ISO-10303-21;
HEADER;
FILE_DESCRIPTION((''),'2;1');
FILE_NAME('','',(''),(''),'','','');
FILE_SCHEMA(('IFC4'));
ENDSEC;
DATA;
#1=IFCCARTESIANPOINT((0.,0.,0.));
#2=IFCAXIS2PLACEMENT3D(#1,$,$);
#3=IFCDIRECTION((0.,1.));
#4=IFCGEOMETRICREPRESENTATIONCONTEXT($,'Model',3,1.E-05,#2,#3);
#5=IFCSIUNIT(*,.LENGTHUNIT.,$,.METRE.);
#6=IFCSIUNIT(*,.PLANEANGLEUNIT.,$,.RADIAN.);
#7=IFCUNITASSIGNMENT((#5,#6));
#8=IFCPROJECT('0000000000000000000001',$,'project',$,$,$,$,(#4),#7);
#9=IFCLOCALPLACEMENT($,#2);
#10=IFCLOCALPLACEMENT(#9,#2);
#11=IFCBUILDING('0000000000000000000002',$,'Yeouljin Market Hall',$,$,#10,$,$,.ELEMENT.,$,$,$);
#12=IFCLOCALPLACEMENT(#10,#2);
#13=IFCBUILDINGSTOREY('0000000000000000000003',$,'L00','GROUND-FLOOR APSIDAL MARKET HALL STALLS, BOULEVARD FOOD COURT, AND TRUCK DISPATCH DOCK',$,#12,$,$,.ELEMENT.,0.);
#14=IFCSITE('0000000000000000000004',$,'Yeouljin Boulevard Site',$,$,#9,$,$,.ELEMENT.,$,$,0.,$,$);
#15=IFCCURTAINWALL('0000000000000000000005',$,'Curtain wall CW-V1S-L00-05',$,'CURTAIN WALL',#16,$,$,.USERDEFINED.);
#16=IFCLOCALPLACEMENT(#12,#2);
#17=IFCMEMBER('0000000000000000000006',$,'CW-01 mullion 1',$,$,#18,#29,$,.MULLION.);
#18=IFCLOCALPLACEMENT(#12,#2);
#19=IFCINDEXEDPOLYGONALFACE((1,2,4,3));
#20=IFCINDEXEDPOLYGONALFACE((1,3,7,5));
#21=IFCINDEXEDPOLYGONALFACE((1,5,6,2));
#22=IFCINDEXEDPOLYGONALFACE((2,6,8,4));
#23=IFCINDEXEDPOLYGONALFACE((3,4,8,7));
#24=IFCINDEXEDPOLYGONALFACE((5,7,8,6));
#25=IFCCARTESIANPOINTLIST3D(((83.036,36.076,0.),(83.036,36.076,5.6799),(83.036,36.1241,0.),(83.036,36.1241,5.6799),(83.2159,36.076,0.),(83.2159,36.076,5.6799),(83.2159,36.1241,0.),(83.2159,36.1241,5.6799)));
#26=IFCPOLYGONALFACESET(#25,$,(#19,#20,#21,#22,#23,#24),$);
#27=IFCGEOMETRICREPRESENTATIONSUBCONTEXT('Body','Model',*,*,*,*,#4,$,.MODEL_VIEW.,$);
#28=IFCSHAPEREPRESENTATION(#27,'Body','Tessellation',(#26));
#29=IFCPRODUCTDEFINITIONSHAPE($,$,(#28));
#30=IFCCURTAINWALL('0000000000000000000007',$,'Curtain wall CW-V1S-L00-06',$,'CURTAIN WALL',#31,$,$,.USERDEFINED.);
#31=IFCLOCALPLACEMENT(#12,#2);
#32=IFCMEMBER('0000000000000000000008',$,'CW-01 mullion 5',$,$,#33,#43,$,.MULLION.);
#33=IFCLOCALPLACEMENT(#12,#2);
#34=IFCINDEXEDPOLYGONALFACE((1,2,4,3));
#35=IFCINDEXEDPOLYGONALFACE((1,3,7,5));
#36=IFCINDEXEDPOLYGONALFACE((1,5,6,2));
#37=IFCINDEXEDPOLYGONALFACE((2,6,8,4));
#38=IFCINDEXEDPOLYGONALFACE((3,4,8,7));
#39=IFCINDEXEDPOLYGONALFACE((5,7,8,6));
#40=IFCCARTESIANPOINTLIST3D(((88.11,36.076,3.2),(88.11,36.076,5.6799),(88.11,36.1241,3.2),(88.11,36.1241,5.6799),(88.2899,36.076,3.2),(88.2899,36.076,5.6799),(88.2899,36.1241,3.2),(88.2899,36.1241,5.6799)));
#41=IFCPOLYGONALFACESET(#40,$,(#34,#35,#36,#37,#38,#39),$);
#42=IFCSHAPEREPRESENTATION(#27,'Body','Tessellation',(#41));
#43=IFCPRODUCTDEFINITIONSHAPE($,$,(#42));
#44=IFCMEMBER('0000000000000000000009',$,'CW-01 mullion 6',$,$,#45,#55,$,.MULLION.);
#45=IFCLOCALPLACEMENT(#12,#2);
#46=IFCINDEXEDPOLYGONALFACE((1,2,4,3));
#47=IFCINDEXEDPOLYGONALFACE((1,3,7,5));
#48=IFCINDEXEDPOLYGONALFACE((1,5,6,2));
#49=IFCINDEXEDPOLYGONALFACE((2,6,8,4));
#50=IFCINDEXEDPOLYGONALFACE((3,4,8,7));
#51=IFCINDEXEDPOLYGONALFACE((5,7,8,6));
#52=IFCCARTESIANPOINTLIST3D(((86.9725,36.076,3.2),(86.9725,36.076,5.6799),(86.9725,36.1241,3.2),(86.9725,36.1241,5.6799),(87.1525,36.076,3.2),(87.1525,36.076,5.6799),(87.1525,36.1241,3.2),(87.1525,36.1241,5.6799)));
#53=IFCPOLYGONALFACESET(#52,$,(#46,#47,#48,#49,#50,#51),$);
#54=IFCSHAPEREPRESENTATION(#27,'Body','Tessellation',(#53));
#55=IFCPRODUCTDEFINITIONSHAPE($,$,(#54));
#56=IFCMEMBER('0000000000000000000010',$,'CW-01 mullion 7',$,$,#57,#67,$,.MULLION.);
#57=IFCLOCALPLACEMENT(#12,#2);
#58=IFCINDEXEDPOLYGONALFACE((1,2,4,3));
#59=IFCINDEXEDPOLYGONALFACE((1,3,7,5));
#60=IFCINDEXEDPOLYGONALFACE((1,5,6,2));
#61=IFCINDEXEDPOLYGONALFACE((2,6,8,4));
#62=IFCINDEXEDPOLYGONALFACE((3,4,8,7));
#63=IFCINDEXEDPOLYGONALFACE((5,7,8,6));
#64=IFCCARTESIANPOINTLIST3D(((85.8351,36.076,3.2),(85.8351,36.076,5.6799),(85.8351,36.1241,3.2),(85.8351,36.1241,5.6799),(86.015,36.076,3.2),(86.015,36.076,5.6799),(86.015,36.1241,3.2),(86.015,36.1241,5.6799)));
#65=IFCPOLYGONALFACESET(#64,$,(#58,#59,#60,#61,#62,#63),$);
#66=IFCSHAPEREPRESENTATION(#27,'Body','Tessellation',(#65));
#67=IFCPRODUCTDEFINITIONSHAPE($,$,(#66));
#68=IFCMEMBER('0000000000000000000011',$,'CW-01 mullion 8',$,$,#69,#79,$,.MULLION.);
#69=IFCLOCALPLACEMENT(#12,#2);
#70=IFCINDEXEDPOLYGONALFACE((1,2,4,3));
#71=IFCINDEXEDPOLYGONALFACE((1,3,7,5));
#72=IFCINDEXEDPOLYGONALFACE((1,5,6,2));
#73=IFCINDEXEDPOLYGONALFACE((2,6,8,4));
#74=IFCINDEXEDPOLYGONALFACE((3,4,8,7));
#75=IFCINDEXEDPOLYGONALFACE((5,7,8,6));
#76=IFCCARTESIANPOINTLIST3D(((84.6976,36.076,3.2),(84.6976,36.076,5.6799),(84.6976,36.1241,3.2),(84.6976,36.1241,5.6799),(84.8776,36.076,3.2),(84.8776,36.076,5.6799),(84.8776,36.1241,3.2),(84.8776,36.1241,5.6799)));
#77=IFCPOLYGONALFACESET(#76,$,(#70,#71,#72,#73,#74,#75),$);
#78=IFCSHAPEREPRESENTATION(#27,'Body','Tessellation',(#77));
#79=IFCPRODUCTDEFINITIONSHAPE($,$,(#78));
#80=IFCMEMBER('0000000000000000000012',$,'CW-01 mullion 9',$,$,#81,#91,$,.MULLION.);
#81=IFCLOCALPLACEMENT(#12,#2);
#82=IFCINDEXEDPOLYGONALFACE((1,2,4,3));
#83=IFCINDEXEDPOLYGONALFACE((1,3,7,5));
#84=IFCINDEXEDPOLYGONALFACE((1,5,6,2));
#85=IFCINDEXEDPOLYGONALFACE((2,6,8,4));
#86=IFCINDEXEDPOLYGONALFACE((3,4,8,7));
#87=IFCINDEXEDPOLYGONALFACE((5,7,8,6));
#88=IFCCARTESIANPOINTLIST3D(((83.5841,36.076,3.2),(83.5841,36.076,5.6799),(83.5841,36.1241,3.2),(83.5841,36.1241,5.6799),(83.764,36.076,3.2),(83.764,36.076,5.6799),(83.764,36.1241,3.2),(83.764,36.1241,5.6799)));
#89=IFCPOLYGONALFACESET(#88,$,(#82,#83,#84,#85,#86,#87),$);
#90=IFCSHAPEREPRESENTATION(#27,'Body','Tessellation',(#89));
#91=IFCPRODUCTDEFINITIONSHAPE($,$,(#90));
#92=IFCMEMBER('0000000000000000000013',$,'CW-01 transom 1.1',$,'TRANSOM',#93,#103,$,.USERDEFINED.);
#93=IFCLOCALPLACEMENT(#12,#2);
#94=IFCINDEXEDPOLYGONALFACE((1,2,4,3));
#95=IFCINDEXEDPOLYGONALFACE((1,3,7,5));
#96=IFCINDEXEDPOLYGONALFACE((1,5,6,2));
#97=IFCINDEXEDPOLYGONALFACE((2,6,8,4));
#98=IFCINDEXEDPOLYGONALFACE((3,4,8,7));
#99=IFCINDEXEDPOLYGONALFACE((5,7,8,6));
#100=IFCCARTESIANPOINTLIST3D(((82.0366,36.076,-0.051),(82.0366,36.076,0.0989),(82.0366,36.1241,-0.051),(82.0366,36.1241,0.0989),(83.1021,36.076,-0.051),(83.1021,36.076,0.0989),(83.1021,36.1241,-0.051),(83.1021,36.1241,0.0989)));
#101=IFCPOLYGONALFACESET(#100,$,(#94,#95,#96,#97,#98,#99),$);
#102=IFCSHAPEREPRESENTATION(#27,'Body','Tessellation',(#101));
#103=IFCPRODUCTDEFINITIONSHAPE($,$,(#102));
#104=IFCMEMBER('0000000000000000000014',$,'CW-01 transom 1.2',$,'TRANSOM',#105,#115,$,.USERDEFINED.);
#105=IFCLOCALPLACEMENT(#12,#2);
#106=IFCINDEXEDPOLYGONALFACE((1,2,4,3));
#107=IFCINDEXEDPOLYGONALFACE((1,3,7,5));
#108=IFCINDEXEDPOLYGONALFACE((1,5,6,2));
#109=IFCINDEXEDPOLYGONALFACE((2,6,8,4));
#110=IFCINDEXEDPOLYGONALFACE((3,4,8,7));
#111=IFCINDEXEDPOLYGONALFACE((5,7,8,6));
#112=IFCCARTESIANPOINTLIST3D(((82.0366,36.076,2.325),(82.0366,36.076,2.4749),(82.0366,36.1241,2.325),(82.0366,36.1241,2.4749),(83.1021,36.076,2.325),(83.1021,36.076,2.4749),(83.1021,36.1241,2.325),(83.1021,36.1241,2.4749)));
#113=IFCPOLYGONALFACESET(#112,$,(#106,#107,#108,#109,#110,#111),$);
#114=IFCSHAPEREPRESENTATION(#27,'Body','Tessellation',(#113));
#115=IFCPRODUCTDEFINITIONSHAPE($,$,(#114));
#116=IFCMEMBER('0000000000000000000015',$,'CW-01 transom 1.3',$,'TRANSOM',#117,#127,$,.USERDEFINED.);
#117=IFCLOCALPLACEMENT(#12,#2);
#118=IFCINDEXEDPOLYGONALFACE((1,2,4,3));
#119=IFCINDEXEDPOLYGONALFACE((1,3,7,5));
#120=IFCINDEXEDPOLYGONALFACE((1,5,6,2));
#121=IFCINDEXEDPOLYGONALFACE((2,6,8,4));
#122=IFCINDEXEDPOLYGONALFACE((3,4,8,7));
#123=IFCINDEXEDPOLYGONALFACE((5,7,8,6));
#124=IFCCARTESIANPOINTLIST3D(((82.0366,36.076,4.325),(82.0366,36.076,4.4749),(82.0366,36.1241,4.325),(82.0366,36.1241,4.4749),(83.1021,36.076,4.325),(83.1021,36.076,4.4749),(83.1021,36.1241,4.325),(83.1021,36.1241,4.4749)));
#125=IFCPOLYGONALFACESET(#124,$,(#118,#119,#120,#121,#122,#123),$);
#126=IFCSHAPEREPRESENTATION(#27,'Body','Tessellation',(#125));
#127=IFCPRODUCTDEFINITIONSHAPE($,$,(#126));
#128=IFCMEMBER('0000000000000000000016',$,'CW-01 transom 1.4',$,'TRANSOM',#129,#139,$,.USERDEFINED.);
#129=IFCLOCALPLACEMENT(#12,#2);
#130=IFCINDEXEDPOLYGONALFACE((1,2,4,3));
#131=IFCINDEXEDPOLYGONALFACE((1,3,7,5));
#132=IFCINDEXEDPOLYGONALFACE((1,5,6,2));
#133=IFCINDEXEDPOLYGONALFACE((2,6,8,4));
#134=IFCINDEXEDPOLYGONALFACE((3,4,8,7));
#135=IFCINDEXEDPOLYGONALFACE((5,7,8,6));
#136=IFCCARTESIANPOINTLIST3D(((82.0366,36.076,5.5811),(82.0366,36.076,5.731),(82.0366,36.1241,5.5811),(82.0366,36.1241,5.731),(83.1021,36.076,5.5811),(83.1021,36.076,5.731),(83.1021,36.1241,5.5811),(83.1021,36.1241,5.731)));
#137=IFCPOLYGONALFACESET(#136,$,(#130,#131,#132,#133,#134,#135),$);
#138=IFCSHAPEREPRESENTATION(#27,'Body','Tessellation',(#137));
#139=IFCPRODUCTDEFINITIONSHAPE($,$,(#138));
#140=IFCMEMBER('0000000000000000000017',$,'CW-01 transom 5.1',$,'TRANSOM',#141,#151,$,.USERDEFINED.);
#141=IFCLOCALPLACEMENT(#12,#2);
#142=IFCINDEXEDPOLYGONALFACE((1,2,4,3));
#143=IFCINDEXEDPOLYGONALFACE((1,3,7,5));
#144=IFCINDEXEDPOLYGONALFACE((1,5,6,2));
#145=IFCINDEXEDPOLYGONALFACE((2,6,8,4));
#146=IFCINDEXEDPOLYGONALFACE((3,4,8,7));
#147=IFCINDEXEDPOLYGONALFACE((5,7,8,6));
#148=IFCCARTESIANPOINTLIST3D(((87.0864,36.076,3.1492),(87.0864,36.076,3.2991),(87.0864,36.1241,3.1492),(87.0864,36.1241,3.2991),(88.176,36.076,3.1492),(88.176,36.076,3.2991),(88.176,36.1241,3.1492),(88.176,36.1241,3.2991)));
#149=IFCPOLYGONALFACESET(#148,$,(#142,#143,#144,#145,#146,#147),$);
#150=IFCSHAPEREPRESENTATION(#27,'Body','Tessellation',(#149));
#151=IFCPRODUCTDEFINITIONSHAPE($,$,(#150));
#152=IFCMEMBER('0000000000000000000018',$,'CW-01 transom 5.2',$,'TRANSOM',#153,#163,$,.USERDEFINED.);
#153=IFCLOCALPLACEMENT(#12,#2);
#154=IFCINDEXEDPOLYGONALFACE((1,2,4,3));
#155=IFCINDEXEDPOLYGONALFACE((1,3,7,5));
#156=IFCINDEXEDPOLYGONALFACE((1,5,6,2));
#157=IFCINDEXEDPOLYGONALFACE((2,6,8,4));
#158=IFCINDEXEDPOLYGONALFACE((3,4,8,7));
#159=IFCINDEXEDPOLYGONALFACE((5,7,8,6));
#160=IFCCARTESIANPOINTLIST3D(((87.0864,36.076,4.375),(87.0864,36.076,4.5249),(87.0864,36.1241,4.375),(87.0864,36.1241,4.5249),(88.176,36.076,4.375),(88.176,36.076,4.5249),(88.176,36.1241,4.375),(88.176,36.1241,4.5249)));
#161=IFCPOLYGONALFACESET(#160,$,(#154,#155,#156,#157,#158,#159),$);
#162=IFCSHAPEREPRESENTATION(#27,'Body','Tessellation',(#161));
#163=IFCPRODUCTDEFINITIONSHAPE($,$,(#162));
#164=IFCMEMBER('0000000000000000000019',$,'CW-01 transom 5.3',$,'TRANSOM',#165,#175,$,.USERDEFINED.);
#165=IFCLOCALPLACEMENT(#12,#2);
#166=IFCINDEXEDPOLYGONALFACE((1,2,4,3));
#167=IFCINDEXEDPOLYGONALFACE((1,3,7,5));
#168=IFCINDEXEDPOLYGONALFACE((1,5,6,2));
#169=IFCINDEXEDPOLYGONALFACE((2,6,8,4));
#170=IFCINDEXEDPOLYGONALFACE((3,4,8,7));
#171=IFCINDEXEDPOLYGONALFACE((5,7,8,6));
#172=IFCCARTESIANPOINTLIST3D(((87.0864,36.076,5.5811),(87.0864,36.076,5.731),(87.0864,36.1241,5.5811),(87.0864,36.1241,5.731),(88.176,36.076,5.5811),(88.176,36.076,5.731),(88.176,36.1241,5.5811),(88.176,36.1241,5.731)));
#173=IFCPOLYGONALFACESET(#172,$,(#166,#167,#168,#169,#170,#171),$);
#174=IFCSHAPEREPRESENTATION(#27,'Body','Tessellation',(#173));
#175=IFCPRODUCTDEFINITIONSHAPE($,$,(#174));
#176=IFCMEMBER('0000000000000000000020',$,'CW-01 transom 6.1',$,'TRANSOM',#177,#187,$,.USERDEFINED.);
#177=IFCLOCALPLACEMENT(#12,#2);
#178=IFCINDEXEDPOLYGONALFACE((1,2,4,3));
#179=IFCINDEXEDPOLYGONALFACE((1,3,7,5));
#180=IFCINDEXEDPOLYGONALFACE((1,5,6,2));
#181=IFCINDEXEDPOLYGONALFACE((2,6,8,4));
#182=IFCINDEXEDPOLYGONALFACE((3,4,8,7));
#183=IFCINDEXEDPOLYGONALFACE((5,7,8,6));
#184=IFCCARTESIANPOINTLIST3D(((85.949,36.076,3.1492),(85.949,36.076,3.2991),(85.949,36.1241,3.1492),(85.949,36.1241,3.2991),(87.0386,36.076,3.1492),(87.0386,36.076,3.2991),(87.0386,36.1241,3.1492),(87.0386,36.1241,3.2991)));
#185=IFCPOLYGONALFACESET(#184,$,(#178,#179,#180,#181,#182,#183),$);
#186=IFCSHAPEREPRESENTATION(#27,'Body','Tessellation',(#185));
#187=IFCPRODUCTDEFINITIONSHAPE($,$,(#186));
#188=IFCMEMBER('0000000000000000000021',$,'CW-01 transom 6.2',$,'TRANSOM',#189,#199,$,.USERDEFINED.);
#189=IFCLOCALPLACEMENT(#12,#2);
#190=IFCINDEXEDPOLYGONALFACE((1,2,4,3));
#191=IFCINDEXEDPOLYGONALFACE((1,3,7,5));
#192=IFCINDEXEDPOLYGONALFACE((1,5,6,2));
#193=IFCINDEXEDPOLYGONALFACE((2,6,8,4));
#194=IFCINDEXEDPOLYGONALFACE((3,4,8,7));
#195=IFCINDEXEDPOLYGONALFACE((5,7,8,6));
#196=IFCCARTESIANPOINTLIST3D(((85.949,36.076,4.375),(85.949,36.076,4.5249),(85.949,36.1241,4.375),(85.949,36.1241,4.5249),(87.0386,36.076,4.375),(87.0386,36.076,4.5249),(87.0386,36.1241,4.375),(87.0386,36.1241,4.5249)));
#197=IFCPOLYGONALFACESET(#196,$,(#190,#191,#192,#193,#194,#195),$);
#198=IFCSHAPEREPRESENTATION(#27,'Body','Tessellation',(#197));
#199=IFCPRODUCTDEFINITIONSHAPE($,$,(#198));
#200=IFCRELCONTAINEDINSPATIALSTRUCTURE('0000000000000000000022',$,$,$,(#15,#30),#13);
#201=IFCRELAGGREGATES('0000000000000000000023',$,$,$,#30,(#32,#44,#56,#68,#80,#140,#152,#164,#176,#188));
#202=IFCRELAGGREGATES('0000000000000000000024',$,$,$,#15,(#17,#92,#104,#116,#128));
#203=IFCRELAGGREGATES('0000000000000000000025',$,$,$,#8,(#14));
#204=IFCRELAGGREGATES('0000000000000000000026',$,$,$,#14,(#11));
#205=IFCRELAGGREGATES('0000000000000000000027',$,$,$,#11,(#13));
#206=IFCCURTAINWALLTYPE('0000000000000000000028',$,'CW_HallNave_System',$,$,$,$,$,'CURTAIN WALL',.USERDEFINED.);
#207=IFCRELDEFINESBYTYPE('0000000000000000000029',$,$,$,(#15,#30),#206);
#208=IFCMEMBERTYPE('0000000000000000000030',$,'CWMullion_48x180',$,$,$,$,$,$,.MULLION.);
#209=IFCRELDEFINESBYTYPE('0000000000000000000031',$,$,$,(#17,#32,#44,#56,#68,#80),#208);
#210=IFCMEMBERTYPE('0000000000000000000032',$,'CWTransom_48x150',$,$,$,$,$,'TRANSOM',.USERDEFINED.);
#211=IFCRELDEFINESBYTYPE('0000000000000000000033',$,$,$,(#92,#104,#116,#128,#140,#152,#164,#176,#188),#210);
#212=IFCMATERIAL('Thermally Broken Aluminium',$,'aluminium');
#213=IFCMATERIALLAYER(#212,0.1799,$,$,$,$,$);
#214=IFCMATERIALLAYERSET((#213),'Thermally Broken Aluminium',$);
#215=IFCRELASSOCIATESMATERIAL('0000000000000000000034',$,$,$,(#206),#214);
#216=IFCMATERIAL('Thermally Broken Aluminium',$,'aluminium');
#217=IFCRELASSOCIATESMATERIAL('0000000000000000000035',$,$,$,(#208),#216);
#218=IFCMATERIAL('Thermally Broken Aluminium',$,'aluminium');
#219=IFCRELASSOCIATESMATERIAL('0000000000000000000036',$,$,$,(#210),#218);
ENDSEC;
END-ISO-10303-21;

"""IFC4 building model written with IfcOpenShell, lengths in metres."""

from ifc_helpers import new_model, si_unit, direction, frame, origin, origin_2d, place, context, subcontext, project, spatial, rectangle, extrude, material, layer, layer_set, material_profile, profile_set, type_object, element, aggregate, save


model = new_model("IFC4")

# Units and contexts
model_context = context("Model", 3, precision=1e-05, world=origin(), true_north=direction((0.0, 1.0)))
body_context = subcontext(model_context, "Body", "Model", "MODEL_VIEW")
ifc_project = project(units=[si_unit("LENGTHUNIT", "METRE"), si_unit("PLANEANGLEUNIT", "RADIAN")], contexts=[model_context])

# Site, building, storey
site_placement = place(None, origin())
site = spatial("IfcSite", under=ifc_project, at=site_placement, Name="Yeouljin Boulevard Site", CompositionType="ELEMENT", RefElevation=0.0)
building_placement = place(site_placement, origin())
building = spatial("IfcBuilding", under=site, at=building_placement, Name="Yeouljin Market Hall", CompositionType="ELEMENT")
storey_placement = place(building_placement, origin())
storey = spatial("IfcBuildingStorey", under=building, at=storey_placement, Name="L00", Description="GROUND-FLOOR APSIDAL MARKET HALL STALLS, BOULEVARD FOOD COURT, AND TRUCK DISPATCH DOCK", CompositionType="ELEMENT", Elevation=0.0)

# Curtain wall, member
ifc_material_1 = material(Name="Thermally Broken Aluminium", Category="aluminium")
ifc_layer_1 = layer(ifc_material_1, 0.1799)
ifc_layer_set_1 = layer_set([ifc_layer_1], Name="Thermally Broken Aluminium")
curtain_wall_type = type_object("IfcCurtainWallType", Name="CW_HallNave_System", ElementType="CURTAIN WALL", PredefinedType="USERDEFINED", material=ifc_layer_set_1)
curtain_wall_1_placement = place(storey_placement, origin())
curtain_wall_1 = element("IfcCurtainWall", 1, at=curtain_wall_1_placement, inside=storey, type_object=curtain_wall_type, Name="Curtain wall CW-V1S-L00-05", ObjectType="CURTAIN WALL", PredefinedType="USERDEFINED")
ifc_material_2 = material(Name="Thermally Broken Aluminium", Category="aluminium")
ifc_material_profile_1 = material_profile(ifc_material_2, rectangle(XDim=0.0481, YDim=0.1799, at=origin_2d()), Name="CW-MULL-48x180")
ifc_profile_set_1 = profile_set([ifc_material_profile_1], Name="Thermally Broken Aluminium")
member_type_1 = type_object("IfcMemberType", Name="CWMullion_48x180", PredefinedType="MULLION", material=ifc_profile_set_1)
member_1_placement = place(storey_placement, frame((83.126, 36.1001, 0.0), z_axis=(0.0, 0.0, 1.0), x_axis=(0.0, -1.0, 0.0)))
member_1 = element("IfcMember", 2, at=member_1_placement, type_object=member_type_1, Name="CW-01 mullion 1", PredefinedType="MULLION", context=body_context, shape_type="SweptSolid", body=[
    extrude(rectangle(XDim=0.0481, YDim=0.1799, at=origin_2d()), origin(), (0.0, 0.0, 1.0), 5.6799),
])

# Curtain wall, members
curtain_wall_2_placement = place(storey_placement, origin())
curtain_wall_2 = element("IfcCurtainWall", 3, at=curtain_wall_2_placement, inside=storey, type_object=curtain_wall_type, Name="Curtain wall CW-V1S-L00-06", ObjectType="CURTAIN WALL", PredefinedType="USERDEFINED")
member_2_placement = place(storey_placement, frame((88.2, 36.1001, 3.2), z_axis=(0.0, 0.0, 1.0), x_axis=(0.0, -1.0, 0.0)))
member_2 = element("IfcMember", 4, at=member_2_placement, type_object=member_type_1, Name="CW-01 mullion 5", PredefinedType="MULLION", context=body_context, shape_type="SweptSolid", body=[
    extrude(rectangle(XDim=0.0481, YDim=0.1799, at=origin_2d()), origin(), (0.0, 0.0, 1.0), 2.48),
])
member_3_placement = place(storey_placement, frame((87.0625, 36.1001, 3.2), z_axis=(0.0, 0.0, 1.0), x_axis=(0.0, -1.0, 0.0)))
member_3 = element("IfcMember", 5, at=member_3_placement, type_object=member_type_1, Name="CW-01 mullion 6", PredefinedType="MULLION", context=body_context, shape_type="SweptSolid", body=[
    extrude(rectangle(XDim=0.0481, YDim=0.1799, at=origin_2d()), origin(), (0.0, 0.0, 1.0), 2.48),
])
member_4_placement = place(storey_placement, frame((85.925, 36.1001, 3.2), z_axis=(0.0, 0.0, 1.0), x_axis=(0.0, -1.0, 0.0)))
member_4 = element("IfcMember", 6, at=member_4_placement, type_object=member_type_1, Name="CW-01 mullion 7", PredefinedType="MULLION", context=body_context, shape_type="SweptSolid", body=[
    extrude(rectangle(XDim=0.0481, YDim=0.1799, at=origin_2d()), origin(), (0.0, 0.0, 1.0), 2.48),
])
member_5_placement = place(storey_placement, frame((84.7876, 36.1001, 3.2), z_axis=(0.0, 0.0, 1.0), x_axis=(0.0, -1.0, 0.0)))
member_5 = element("IfcMember", 7, at=member_5_placement, type_object=member_type_1, Name="CW-01 mullion 8", PredefinedType="MULLION", context=body_context, shape_type="SweptSolid", body=[
    extrude(rectangle(XDim=0.0481, YDim=0.1799, at=origin_2d()), origin(), (0.0, 0.0, 1.0), 2.48),
])
member_6_placement = place(storey_placement, frame((83.6741, 36.1001, 3.2), z_axis=(0.0, 0.0, 1.0), x_axis=(0.0, -1.0, 0.0)))
member_6 = element("IfcMember", 8, at=member_6_placement, type_object=member_type_1, Name="CW-01 mullion 9", PredefinedType="MULLION", context=body_context, shape_type="SweptSolid", body=[
    extrude(rectangle(XDim=0.0481, YDim=0.1799, at=origin_2d()), origin(), (0.0, 0.0, 1.0), 2.48),
])

# Members
ifc_material_3 = material(Name="Thermally Broken Aluminium", Category="aluminium")
ifc_material_profile_2 = material_profile(ifc_material_3, rectangle(XDim=0.0481, YDim=0.1499, at=origin_2d()), Name="CW-TRAN-48x150")
ifc_profile_set_2 = profile_set([ifc_material_profile_2], Name="Thermally Broken Aluminium")
member_type_2 = type_object("IfcMemberType", Name="CWTransom_48x150", ElementType="TRANSOM", PredefinedType="USERDEFINED", material=ifc_profile_set_2)
member_7_placement = place(storey_placement, frame((83.1021, 36.1001, 0.0239), z_axis=(-1.0, 0.0, 0.0), x_axis=(0.0, -1.0, 0.0)))
member_7 = element("IfcMember", 9, at=member_7_placement, type_object=member_type_2, Name="CW-01 transom 1.1", ObjectType="TRANSOM", PredefinedType="USERDEFINED", context=body_context, shape_type="SweptSolid", body=[
    extrude(rectangle(XDim=0.0481, YDim=0.1499, at=origin_2d()), origin(), (0.0, 0.0, 1.0), 1.0654),
])
member_8_placement = place(storey_placement, frame((83.1021, 36.1001, 2.3999), z_axis=(-1.0, 0.0, 0.0), x_axis=(0.0, -1.0, 0.0)))
member_8 = element("IfcMember", 10, at=member_8_placement, type_object=member_type_2, Name="CW-01 transom 1.2", ObjectType="TRANSOM", PredefinedType="USERDEFINED", context=body_context, shape_type="SweptSolid", body=[
    extrude(rectangle(XDim=0.0481, YDim=0.1499, at=origin_2d()), origin(), (0.0, 0.0, 1.0), 1.0654),
])
member_9_placement = place(storey_placement, frame((83.1021, 36.1001, 4.3999), z_axis=(-1.0, 0.0, 0.0), x_axis=(0.0, -1.0, 0.0)))
member_9 = element("IfcMember", 11, at=member_9_placement, type_object=member_type_2, Name="CW-01 transom 1.3", ObjectType="TRANSOM", PredefinedType="USERDEFINED", context=body_context, shape_type="SweptSolid", body=[
    extrude(rectangle(XDim=0.0481, YDim=0.1499, at=origin_2d()), origin(), (0.0, 0.0, 1.0), 1.0654),
])
member_10_placement = place(storey_placement, frame((83.1021, 36.1001, 5.656), z_axis=(-1.0, 0.0, 0.0), x_axis=(0.0, -1.0, 0.0)))
member_10 = element("IfcMember", 12, at=member_10_placement, type_object=member_type_2, Name="CW-01 transom 1.4", ObjectType="TRANSOM", PredefinedType="USERDEFINED", context=body_context, shape_type="SweptSolid", body=[
    extrude(rectangle(XDim=0.0481, YDim=0.1499, at=origin_2d()), origin(), (0.0, 0.0, 1.0), 1.0654),
])
member_11_placement = place(storey_placement, frame((88.176, 36.1001, 3.2241), z_axis=(-1.0, 0.0, 0.0), x_axis=(0.0, -1.0, 0.0)))
member_11 = element("IfcMember", 13, at=member_11_placement, type_object=member_type_2, Name="CW-01 transom 5.1", ObjectType="TRANSOM", PredefinedType="USERDEFINED", context=body_context, shape_type="SweptSolid", body=[
    extrude(rectangle(XDim=0.0481, YDim=0.1499, at=origin_2d()), origin(), (0.0, 0.0, 1.0), 1.0896),
])
member_12_placement = place(storey_placement, frame((88.176, 36.1001, 4.45), z_axis=(-1.0, 0.0, 0.0), x_axis=(0.0, -1.0, 0.0)))
member_12 = element("IfcMember", 14, at=member_12_placement, type_object=member_type_2, Name="CW-01 transom 5.2", ObjectType="TRANSOM", PredefinedType="USERDEFINED", context=body_context, shape_type="SweptSolid", body=[
    extrude(rectangle(XDim=0.0481, YDim=0.1499, at=origin_2d()), origin(), (0.0, 0.0, 1.0), 1.0896),
])
member_13_placement = place(storey_placement, frame((88.176, 36.1001, 5.656), z_axis=(-1.0, 0.0, 0.0), x_axis=(0.0, -1.0, 0.0)))
member_13 = element("IfcMember", 15, at=member_13_placement, type_object=member_type_2, Name="CW-01 transom 5.3", ObjectType="TRANSOM", PredefinedType="USERDEFINED", context=body_context, shape_type="SweptSolid", body=[
    extrude(rectangle(XDim=0.0481, YDim=0.1499, at=origin_2d()), origin(), (0.0, 0.0, 1.0), 1.0896),
])
member_14_placement = place(storey_placement, frame((87.0386, 36.1001, 3.2241), z_axis=(-1.0, 0.0, 0.0), x_axis=(0.0, -1.0, 0.0)))
member_14 = element("IfcMember", 16, at=member_14_placement, type_object=member_type_2, Name="CW-01 transom 6.1", ObjectType="TRANSOM", PredefinedType="USERDEFINED", context=body_context, shape_type="SweptSolid", body=[
    extrude(rectangle(XDim=0.0481, YDim=0.1499, at=origin_2d()), origin(), (0.0, 0.0, 1.0), 1.0896),
])
member_15_placement = place(storey_placement, frame((87.0386, 36.1001, 4.45), z_axis=(-1.0, 0.0, 0.0), x_axis=(0.0, -1.0, 0.0)))
member_15 = element("IfcMember", 17, at=member_15_placement, type_object=member_type_2, Name="CW-01 transom 6.2", ObjectType="TRANSOM", PredefinedType="USERDEFINED", context=body_context, shape_type="SweptSolid", body=[
    extrude(rectangle(XDim=0.0481, YDim=0.1499, at=origin_2d()), origin(), (0.0, 0.0, 1.0), 1.0896),
])

aggregate(curtain_wall_2, [member_2, member_3, member_4, member_5, member_6, member_11, member_12, member_13, member_14, member_15])
aggregate(curtain_wall_1, [member_1, member_7, member_8, member_9, member_10])

save(model, "model.ifc")
